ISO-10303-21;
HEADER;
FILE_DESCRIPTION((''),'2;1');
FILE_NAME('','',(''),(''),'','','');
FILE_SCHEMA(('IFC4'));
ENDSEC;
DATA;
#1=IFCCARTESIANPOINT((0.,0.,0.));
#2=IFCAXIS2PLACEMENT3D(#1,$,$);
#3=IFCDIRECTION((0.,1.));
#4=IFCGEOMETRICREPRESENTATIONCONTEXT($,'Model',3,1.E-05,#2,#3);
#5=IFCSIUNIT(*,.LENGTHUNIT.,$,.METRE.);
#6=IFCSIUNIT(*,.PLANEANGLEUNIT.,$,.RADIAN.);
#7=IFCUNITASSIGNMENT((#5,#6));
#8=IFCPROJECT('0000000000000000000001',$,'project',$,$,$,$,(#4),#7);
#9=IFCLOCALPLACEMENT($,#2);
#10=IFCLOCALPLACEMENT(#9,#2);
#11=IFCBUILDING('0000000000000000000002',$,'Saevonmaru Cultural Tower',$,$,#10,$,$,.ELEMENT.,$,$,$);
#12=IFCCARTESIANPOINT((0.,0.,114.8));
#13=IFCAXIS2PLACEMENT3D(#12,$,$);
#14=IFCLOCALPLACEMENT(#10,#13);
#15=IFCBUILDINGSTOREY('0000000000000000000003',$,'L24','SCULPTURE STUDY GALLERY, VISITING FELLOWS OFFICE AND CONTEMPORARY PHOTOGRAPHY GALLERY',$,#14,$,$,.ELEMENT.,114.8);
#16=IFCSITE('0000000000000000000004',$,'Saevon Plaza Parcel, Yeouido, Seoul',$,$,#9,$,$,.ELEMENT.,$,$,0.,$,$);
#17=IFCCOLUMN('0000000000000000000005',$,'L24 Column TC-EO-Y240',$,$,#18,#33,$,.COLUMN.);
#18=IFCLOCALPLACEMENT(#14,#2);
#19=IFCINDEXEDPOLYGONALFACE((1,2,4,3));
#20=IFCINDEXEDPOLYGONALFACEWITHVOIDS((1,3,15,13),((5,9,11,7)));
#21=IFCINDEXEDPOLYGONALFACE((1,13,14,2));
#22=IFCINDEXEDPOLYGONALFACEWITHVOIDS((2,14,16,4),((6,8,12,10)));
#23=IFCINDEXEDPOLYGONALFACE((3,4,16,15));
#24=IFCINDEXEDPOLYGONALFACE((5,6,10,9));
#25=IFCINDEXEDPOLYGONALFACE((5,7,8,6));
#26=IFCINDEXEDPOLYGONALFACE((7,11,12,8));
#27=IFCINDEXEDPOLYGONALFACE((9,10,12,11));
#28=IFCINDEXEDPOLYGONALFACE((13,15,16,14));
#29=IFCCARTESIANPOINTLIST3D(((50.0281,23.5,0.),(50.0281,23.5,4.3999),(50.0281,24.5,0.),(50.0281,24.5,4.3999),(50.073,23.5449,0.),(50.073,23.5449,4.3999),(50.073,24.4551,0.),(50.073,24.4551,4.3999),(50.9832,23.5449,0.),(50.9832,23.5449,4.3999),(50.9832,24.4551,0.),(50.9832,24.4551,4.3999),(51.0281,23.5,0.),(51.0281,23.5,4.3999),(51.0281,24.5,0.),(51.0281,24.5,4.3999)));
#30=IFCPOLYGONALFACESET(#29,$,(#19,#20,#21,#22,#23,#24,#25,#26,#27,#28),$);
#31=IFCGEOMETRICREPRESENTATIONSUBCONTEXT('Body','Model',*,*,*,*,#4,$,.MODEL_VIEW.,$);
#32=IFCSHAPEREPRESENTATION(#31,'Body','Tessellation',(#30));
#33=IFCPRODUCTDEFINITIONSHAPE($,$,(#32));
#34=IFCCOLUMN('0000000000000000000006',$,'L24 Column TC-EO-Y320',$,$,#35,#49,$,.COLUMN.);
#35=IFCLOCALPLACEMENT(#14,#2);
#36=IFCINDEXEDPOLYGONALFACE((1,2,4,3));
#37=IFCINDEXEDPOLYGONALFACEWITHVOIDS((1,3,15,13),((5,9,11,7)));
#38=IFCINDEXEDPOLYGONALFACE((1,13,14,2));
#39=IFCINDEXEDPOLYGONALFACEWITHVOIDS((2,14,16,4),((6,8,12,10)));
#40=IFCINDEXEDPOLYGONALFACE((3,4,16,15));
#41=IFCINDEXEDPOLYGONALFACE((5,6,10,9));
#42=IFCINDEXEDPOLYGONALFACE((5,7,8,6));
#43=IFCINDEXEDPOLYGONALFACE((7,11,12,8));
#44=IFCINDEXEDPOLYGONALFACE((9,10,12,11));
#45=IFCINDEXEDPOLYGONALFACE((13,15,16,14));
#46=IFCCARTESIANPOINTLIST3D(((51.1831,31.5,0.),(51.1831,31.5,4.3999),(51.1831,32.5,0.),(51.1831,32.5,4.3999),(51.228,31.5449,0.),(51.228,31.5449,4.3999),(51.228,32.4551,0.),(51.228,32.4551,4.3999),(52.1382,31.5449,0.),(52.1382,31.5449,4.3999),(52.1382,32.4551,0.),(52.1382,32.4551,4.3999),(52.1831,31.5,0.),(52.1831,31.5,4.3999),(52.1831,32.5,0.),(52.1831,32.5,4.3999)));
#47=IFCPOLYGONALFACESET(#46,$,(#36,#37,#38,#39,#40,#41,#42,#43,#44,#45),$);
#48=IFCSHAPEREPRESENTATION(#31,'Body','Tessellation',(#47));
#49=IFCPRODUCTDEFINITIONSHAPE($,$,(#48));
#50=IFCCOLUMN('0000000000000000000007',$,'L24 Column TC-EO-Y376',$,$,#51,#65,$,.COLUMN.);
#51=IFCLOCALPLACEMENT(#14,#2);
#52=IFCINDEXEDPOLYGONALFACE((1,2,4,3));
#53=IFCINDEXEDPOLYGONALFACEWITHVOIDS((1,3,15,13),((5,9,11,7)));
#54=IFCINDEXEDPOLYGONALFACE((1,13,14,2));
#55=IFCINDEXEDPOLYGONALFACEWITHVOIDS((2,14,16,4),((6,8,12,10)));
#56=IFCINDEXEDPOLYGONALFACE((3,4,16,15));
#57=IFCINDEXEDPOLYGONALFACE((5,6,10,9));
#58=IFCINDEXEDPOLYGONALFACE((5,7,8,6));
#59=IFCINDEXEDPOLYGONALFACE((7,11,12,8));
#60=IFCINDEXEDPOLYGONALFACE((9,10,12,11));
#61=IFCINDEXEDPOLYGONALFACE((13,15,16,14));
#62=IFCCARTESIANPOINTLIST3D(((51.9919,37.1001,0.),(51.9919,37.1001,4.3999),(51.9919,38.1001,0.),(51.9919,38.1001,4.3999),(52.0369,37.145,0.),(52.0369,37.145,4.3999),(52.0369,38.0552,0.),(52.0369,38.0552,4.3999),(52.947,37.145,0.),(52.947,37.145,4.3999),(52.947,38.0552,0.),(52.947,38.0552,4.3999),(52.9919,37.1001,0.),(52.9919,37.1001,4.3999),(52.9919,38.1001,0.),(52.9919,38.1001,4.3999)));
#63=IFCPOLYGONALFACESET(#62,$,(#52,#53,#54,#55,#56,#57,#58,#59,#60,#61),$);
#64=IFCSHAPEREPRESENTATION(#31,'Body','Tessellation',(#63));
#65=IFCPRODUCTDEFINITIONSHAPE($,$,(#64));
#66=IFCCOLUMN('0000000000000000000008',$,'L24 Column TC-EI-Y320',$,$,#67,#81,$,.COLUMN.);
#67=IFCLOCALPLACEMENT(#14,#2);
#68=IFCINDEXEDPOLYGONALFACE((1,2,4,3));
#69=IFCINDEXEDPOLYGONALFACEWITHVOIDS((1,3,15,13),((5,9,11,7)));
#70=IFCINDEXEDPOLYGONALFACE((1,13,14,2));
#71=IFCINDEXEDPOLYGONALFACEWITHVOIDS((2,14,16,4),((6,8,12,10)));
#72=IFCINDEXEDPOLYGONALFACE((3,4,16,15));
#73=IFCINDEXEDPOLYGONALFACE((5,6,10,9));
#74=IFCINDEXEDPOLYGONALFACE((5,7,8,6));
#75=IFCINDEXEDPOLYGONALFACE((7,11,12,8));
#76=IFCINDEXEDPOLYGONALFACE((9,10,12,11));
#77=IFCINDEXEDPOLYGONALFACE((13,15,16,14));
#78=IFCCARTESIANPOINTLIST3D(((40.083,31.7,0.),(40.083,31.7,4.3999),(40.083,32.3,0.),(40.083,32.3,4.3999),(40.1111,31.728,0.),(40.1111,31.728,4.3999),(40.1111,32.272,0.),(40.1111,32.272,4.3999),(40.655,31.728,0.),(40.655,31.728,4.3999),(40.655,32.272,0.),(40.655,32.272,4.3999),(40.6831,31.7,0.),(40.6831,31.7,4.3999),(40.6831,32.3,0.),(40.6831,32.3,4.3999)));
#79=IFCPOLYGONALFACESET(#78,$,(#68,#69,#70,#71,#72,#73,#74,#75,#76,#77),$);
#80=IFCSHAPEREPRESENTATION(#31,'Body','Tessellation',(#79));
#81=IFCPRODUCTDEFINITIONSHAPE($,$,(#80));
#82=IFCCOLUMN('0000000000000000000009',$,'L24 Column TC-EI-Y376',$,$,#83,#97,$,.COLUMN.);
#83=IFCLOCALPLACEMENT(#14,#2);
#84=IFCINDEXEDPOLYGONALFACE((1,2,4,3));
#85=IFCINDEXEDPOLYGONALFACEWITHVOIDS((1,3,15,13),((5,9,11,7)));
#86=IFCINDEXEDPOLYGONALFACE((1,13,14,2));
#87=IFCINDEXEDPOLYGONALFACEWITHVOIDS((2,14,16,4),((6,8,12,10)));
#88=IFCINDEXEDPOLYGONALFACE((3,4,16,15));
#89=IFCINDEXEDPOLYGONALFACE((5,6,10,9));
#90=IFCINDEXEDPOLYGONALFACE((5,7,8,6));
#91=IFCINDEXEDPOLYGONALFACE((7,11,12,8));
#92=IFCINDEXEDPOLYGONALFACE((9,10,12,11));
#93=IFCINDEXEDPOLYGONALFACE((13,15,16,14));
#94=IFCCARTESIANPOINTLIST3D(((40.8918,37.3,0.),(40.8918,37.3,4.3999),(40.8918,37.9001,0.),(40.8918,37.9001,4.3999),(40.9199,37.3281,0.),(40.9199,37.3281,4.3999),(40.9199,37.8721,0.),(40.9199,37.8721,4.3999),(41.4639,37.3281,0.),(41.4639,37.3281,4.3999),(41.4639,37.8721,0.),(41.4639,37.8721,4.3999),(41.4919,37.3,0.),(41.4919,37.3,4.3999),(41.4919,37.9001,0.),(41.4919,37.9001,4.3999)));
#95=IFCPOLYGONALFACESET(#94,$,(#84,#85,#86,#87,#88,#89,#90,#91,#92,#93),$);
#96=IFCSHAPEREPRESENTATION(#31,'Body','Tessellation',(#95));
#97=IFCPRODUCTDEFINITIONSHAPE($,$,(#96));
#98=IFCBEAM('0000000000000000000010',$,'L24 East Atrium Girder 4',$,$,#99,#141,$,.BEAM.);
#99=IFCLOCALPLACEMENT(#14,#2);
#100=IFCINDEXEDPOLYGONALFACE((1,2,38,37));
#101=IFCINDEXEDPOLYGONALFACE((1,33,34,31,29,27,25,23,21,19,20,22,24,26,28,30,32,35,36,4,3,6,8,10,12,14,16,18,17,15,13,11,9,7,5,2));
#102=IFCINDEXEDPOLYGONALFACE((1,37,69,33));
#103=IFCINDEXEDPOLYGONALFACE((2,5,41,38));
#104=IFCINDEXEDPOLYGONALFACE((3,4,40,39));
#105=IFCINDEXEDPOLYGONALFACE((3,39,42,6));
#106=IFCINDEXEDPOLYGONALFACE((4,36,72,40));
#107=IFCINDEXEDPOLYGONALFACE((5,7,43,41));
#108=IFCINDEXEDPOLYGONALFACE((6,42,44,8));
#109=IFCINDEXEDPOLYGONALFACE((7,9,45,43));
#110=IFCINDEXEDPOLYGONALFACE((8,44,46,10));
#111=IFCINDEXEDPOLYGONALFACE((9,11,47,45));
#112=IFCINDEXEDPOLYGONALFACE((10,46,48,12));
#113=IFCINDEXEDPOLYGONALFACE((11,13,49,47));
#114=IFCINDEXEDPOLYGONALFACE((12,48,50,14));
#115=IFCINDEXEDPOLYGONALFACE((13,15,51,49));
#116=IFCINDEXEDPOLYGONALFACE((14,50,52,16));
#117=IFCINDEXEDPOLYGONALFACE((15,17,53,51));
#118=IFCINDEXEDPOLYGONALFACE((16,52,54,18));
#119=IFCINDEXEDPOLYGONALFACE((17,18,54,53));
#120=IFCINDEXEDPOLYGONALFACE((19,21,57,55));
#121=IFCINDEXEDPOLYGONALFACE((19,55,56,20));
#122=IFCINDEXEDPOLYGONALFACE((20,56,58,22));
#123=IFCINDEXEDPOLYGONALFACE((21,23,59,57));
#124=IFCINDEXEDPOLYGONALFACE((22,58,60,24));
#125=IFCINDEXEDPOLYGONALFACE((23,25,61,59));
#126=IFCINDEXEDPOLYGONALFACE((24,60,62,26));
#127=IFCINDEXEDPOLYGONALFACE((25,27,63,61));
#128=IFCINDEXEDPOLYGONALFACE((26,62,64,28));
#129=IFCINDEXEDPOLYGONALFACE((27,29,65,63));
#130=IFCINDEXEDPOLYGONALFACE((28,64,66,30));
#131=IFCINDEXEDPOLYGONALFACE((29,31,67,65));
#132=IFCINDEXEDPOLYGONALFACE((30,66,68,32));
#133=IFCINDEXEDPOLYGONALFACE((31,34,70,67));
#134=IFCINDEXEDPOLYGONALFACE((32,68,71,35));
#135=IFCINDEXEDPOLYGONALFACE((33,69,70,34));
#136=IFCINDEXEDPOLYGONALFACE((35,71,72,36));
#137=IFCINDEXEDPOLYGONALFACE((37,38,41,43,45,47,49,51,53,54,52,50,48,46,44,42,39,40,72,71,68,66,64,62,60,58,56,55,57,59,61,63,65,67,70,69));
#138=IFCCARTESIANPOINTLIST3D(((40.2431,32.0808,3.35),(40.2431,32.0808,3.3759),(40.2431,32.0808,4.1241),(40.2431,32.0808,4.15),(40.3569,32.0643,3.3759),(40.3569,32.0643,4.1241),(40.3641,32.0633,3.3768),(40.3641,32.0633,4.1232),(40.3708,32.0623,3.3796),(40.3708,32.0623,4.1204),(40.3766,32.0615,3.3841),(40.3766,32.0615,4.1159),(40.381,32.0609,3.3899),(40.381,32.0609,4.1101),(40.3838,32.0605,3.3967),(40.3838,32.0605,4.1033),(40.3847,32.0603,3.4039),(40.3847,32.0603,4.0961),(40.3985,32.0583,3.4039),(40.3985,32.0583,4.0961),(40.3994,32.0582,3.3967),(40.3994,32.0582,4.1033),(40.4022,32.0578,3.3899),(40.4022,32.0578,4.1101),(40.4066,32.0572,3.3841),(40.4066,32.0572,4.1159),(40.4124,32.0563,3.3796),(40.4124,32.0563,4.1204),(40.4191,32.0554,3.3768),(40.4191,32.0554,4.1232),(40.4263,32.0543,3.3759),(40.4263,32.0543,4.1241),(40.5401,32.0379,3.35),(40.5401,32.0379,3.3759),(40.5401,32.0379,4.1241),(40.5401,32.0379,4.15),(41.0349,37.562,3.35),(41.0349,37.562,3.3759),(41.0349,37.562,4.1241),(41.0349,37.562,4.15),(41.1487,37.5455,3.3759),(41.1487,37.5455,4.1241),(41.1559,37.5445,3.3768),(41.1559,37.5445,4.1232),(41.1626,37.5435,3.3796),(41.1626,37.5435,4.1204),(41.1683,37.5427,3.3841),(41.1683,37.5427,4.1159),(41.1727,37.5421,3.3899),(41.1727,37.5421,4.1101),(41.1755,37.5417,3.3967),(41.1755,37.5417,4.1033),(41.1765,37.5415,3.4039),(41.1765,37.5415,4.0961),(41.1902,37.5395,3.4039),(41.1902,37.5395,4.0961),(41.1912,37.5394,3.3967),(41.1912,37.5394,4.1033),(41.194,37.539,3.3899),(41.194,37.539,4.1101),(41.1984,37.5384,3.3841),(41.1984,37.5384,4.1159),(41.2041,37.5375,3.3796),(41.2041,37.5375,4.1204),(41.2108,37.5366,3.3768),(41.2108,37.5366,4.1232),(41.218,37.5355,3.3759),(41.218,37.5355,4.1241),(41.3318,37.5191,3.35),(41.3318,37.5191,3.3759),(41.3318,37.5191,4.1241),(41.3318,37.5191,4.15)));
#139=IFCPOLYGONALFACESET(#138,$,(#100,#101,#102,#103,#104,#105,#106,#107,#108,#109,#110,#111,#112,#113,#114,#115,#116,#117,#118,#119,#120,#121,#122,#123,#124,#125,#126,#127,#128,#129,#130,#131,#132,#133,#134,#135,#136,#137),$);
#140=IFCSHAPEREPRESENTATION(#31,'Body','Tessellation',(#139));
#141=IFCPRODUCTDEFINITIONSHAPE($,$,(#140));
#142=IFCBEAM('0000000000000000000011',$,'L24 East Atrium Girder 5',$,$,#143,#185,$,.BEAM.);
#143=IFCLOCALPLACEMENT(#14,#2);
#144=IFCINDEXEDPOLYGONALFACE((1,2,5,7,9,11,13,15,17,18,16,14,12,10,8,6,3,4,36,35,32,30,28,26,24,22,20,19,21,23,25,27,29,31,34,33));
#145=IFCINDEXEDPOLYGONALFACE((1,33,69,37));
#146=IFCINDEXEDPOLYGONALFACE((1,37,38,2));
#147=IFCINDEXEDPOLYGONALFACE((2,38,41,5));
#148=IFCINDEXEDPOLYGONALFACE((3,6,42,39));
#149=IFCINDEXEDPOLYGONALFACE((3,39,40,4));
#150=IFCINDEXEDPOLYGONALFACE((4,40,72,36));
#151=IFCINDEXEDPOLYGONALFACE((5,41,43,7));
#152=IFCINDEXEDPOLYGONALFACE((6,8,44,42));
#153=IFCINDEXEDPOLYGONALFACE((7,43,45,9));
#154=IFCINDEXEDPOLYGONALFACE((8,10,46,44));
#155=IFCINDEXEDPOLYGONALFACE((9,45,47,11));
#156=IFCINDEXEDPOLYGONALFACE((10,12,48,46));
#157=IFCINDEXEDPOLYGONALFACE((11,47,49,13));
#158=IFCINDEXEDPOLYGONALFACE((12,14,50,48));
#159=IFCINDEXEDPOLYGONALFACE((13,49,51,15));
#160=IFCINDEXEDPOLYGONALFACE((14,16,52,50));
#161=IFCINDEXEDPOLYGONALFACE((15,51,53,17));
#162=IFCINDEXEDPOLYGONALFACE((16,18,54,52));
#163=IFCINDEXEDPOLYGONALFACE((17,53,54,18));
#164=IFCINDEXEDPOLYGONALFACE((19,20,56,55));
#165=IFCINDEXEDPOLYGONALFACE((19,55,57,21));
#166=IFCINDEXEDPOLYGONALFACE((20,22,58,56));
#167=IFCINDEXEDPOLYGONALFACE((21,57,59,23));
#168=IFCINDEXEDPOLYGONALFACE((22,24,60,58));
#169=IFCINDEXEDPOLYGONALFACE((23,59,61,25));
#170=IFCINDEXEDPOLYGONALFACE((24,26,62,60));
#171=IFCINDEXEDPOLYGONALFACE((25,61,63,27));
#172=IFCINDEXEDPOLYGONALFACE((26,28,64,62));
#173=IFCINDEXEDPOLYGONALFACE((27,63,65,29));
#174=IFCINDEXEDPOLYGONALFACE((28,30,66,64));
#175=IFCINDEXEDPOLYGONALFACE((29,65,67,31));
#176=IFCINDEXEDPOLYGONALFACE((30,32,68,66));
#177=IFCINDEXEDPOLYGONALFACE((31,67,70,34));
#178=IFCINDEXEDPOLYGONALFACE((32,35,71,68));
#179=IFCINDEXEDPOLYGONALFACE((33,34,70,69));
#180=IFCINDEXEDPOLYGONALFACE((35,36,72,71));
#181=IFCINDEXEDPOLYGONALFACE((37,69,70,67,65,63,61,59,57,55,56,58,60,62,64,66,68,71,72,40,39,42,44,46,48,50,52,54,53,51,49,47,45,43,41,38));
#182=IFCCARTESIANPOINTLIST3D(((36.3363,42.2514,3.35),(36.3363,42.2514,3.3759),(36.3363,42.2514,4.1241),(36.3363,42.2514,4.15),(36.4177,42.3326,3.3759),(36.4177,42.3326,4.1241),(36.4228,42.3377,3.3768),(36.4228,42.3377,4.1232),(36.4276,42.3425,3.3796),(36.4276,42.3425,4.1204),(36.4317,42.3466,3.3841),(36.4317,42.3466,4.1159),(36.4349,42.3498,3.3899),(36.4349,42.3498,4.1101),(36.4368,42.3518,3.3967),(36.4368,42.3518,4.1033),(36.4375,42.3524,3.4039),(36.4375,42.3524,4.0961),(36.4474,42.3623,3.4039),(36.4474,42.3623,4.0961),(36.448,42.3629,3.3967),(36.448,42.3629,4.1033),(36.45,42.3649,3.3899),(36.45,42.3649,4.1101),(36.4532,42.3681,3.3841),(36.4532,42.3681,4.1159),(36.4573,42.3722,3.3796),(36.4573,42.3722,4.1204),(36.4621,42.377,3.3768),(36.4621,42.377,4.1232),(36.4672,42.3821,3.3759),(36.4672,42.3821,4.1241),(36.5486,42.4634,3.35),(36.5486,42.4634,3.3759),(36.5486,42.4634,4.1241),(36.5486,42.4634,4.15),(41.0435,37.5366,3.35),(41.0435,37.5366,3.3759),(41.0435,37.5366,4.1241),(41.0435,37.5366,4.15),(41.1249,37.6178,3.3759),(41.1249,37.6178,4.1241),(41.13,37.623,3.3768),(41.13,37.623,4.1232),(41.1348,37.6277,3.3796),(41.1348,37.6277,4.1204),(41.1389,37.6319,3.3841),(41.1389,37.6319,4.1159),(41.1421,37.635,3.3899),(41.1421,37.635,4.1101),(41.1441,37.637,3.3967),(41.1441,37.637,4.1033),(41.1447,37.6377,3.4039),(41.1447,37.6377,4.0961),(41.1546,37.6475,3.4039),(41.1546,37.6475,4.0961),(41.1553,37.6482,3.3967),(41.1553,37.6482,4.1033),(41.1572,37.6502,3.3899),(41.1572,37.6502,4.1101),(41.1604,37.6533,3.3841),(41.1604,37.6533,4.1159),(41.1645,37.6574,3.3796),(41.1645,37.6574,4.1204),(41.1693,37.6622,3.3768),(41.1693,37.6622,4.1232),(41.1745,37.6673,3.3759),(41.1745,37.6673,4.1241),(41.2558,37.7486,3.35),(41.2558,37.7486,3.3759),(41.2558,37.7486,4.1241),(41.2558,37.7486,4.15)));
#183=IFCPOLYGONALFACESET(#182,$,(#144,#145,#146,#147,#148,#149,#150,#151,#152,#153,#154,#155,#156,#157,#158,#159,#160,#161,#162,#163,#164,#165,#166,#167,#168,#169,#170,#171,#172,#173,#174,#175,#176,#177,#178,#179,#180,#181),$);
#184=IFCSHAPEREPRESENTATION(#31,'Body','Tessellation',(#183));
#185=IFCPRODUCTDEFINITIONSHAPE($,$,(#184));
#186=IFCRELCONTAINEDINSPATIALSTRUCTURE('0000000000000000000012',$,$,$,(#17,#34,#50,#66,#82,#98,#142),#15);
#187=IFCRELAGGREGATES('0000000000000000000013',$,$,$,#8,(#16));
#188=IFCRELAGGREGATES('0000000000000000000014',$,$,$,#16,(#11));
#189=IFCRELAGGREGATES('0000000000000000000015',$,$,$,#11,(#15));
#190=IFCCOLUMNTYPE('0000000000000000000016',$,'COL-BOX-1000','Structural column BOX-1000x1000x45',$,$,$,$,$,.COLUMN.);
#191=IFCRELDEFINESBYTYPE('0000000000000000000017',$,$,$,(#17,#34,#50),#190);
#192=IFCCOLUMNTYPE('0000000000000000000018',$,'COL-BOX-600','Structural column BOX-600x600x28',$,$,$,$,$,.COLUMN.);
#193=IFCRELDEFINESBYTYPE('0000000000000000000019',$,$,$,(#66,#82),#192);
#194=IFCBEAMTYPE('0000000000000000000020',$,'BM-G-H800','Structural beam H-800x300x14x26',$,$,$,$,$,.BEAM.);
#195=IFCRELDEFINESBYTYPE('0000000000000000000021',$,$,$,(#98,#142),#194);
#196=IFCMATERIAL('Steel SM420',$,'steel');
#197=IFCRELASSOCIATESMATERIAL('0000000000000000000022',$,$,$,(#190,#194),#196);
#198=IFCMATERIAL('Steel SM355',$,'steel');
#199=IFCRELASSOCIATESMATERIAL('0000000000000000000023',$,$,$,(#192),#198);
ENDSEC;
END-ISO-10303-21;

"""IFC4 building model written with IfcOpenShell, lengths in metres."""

from ifc_helpers import new_model, si_unit, direction, frame, origin, origin_2d, place, context, subcontext, project, spatial, hollow_rectangle, i_section, extrude, material, material_profile, profile_set, type_object, element, save


model = new_model("IFC4")

# Units and contexts
model_context = context("Model", 3, precision=1e-05, world=origin(), true_north=direction((0.0, 1.0)))
body_context = subcontext(model_context, "Body", "Model", "MODEL_VIEW")
ifc_project = project(units=[si_unit("LENGTHUNIT", "METRE"), si_unit("PLANEANGLEUNIT", "RADIAN")], contexts=[model_context])

# Site, building, storey
site_placement = place(None, origin())
site = spatial("IfcSite", under=ifc_project, at=site_placement, Name="Saevon Plaza Parcel, Yeouido, Seoul", CompositionType="ELEMENT", RefElevation=0.0)
building_placement = place(site_placement, origin())
building = spatial("IfcBuilding", under=site, at=building_placement, Name="Saevonmaru Cultural Tower", CompositionType="ELEMENT")
storey_placement = place(building_placement, frame((0.0, 0.0, 114.8)))
storey = spatial("IfcBuildingStorey", under=building, at=storey_placement, Name="L24", Description="SCULPTURE STUDY GALLERY, VISITING FELLOWS OFFICE AND CONTEMPORARY PHOTOGRAPHY GALLERY", CompositionType="ELEMENT", Elevation=114.8)

# Columns
ifc_material_1 = material(Name="Steel SM420", Category="steel")
ifc_material_profile_1 = material_profile(ifc_material_1, hollow_rectangle(XDim=1.0, YDim=1.0, WallThickness=0.0449, at=origin_2d()), Name="BOX-1000x1000x45")
ifc_profile_set_1 = profile_set([ifc_material_profile_1], Name="Steel SM420")
column_type_1 = type_object("IfcColumnType", Name="COL-BOX-1000", Description="Structural column BOX-1000x1000x45", PredefinedType="COLUMN", material=ifc_profile_set_1)
for number, where, z_axis, x_axis, name in (
    (1, (50.5281, 24.0, 0.0), (0.0, 0.0, 1.0), (1.0, 0.0, 0.0), "L24 Column TC-EO-Y240"),
    (2, (51.6831, 32.0, 0.0), (0.0, 0.0, 1.0), (1.0, 0.0, 0.0), "L24 Column TC-EO-Y320"),
    (3, (52.4919, 37.6001, 0.0), (0.0, 0.0, 1.0), (1.0, 0.0, 0.0), "L24 Column TC-EO-Y376"),
):
    element("IfcColumn", number, at=place(storey_placement, frame(where, z_axis=z_axis, x_axis=x_axis)), inside=storey, type_object=column_type_1, Name=name, PredefinedType="COLUMN", context=body_context, shape_type="SweptSolid", body=[
        extrude(hollow_rectangle(XDim=1.0, YDim=1.0, WallThickness=0.0449, at=origin_2d()), origin(), (0.0, 0.0, 1.0), 4.3999),
    ])
ifc_material_2 = material(Name="Steel SM355", Category="steel")
ifc_material_profile_2 = material_profile(ifc_material_2, hollow_rectangle(XDim=0.6001, YDim=0.6001, WallThickness=0.0281, at=origin_2d()), Name="BOX-600x600x28")
ifc_profile_set_2 = profile_set([ifc_material_profile_2], Name="Steel SM355")
column_type_2 = type_object("IfcColumnType", Name="COL-BOX-600", Description="Structural column BOX-600x600x28", PredefinedType="COLUMN", material=ifc_profile_set_2)
for number, where, z_axis, x_axis, name in (
    (4, (40.3831, 32.0, 0.0), (0.0, 0.0, 1.0), (1.0, 0.0, 0.0), "L24 Column TC-EI-Y320"),
    (5, (41.1919, 37.6001, 0.0), (0.0, 0.0, 1.0), (1.0, 0.0, 0.0), "L24 Column TC-EI-Y376"),
):
    element("IfcColumn", number, at=place(storey_placement, frame(where, z_axis=z_axis, x_axis=x_axis)), inside=storey, type_object=column_type_2, Name=name, PredefinedType="COLUMN", context=body_context, shape_type="SweptSolid", body=[
        extrude(hollow_rectangle(XDim=0.6001, YDim=0.6001, WallThickness=0.0281, at=origin_2d()), origin(), (0.0, 0.0, 1.0), 4.3999),
    ])

# Beams
ifc_material_profile_3 = material_profile(ifc_material_1, i_section(OverallWidth=0.3, OverallDepth=0.8, WebThickness=0.0139, FlangeThickness=0.0259, FilletRadius=0.0281, at=origin_2d()), Name="H-800x300x14x26")
ifc_profile_set_3 = profile_set([ifc_material_profile_3], Name="Steel SM420")
beam_type_1 = type_object("IfcBeamType", Name="BM-G-H800", Description="Structural beam H-800x300x14x26", PredefinedType="BEAM", material=ifc_profile_set_3)
beam_1_placement = place(storey_placement, frame((40.3916, 32.0593, 3.75), z_axis=(0.142964, 0.989728, 0.0), x_axis=(-0.989728, 0.142964, 0.0)))
element("IfcBeam", 6, at=beam_1_placement, inside=storey, type_object=beam_type_1, Name="L24 East Atrium Girder 4", PredefinedType="BEAM", context=body_context, shape_type="SweptSolid", body=[
    extrude(i_section(OverallWidth=0.3, OverallDepth=0.8, WebThickness=0.0139, FlangeThickness=0.0259, FilletRadius=0.0281, at=origin_2d()), origin(), (0.0, 0.0, 1.0), 5.5381),
])
beam_2_placement = place(storey_placement, frame((41.1497, 37.6426, 3.75), z_axis=(-0.706539, 0.707675, 0.0), x_axis=(-0.707675, -0.706539, 0.0)))
element("IfcBeam", 7, at=beam_2_placement, inside=storey, type_object=beam_type_1, Name="L24 East Atrium Girder 5", PredefinedType="BEAM", context=body_context, shape_type="SweptSolid", body=[
    extrude(i_section(OverallWidth=0.3, OverallDepth=0.8, WebThickness=0.0139, FlangeThickness=0.0259, FilletRadius=0.0281, at=origin_2d()), origin(), (0.0, 0.0, 1.0), 6.6624),
])

save(model, "model.ifc")
